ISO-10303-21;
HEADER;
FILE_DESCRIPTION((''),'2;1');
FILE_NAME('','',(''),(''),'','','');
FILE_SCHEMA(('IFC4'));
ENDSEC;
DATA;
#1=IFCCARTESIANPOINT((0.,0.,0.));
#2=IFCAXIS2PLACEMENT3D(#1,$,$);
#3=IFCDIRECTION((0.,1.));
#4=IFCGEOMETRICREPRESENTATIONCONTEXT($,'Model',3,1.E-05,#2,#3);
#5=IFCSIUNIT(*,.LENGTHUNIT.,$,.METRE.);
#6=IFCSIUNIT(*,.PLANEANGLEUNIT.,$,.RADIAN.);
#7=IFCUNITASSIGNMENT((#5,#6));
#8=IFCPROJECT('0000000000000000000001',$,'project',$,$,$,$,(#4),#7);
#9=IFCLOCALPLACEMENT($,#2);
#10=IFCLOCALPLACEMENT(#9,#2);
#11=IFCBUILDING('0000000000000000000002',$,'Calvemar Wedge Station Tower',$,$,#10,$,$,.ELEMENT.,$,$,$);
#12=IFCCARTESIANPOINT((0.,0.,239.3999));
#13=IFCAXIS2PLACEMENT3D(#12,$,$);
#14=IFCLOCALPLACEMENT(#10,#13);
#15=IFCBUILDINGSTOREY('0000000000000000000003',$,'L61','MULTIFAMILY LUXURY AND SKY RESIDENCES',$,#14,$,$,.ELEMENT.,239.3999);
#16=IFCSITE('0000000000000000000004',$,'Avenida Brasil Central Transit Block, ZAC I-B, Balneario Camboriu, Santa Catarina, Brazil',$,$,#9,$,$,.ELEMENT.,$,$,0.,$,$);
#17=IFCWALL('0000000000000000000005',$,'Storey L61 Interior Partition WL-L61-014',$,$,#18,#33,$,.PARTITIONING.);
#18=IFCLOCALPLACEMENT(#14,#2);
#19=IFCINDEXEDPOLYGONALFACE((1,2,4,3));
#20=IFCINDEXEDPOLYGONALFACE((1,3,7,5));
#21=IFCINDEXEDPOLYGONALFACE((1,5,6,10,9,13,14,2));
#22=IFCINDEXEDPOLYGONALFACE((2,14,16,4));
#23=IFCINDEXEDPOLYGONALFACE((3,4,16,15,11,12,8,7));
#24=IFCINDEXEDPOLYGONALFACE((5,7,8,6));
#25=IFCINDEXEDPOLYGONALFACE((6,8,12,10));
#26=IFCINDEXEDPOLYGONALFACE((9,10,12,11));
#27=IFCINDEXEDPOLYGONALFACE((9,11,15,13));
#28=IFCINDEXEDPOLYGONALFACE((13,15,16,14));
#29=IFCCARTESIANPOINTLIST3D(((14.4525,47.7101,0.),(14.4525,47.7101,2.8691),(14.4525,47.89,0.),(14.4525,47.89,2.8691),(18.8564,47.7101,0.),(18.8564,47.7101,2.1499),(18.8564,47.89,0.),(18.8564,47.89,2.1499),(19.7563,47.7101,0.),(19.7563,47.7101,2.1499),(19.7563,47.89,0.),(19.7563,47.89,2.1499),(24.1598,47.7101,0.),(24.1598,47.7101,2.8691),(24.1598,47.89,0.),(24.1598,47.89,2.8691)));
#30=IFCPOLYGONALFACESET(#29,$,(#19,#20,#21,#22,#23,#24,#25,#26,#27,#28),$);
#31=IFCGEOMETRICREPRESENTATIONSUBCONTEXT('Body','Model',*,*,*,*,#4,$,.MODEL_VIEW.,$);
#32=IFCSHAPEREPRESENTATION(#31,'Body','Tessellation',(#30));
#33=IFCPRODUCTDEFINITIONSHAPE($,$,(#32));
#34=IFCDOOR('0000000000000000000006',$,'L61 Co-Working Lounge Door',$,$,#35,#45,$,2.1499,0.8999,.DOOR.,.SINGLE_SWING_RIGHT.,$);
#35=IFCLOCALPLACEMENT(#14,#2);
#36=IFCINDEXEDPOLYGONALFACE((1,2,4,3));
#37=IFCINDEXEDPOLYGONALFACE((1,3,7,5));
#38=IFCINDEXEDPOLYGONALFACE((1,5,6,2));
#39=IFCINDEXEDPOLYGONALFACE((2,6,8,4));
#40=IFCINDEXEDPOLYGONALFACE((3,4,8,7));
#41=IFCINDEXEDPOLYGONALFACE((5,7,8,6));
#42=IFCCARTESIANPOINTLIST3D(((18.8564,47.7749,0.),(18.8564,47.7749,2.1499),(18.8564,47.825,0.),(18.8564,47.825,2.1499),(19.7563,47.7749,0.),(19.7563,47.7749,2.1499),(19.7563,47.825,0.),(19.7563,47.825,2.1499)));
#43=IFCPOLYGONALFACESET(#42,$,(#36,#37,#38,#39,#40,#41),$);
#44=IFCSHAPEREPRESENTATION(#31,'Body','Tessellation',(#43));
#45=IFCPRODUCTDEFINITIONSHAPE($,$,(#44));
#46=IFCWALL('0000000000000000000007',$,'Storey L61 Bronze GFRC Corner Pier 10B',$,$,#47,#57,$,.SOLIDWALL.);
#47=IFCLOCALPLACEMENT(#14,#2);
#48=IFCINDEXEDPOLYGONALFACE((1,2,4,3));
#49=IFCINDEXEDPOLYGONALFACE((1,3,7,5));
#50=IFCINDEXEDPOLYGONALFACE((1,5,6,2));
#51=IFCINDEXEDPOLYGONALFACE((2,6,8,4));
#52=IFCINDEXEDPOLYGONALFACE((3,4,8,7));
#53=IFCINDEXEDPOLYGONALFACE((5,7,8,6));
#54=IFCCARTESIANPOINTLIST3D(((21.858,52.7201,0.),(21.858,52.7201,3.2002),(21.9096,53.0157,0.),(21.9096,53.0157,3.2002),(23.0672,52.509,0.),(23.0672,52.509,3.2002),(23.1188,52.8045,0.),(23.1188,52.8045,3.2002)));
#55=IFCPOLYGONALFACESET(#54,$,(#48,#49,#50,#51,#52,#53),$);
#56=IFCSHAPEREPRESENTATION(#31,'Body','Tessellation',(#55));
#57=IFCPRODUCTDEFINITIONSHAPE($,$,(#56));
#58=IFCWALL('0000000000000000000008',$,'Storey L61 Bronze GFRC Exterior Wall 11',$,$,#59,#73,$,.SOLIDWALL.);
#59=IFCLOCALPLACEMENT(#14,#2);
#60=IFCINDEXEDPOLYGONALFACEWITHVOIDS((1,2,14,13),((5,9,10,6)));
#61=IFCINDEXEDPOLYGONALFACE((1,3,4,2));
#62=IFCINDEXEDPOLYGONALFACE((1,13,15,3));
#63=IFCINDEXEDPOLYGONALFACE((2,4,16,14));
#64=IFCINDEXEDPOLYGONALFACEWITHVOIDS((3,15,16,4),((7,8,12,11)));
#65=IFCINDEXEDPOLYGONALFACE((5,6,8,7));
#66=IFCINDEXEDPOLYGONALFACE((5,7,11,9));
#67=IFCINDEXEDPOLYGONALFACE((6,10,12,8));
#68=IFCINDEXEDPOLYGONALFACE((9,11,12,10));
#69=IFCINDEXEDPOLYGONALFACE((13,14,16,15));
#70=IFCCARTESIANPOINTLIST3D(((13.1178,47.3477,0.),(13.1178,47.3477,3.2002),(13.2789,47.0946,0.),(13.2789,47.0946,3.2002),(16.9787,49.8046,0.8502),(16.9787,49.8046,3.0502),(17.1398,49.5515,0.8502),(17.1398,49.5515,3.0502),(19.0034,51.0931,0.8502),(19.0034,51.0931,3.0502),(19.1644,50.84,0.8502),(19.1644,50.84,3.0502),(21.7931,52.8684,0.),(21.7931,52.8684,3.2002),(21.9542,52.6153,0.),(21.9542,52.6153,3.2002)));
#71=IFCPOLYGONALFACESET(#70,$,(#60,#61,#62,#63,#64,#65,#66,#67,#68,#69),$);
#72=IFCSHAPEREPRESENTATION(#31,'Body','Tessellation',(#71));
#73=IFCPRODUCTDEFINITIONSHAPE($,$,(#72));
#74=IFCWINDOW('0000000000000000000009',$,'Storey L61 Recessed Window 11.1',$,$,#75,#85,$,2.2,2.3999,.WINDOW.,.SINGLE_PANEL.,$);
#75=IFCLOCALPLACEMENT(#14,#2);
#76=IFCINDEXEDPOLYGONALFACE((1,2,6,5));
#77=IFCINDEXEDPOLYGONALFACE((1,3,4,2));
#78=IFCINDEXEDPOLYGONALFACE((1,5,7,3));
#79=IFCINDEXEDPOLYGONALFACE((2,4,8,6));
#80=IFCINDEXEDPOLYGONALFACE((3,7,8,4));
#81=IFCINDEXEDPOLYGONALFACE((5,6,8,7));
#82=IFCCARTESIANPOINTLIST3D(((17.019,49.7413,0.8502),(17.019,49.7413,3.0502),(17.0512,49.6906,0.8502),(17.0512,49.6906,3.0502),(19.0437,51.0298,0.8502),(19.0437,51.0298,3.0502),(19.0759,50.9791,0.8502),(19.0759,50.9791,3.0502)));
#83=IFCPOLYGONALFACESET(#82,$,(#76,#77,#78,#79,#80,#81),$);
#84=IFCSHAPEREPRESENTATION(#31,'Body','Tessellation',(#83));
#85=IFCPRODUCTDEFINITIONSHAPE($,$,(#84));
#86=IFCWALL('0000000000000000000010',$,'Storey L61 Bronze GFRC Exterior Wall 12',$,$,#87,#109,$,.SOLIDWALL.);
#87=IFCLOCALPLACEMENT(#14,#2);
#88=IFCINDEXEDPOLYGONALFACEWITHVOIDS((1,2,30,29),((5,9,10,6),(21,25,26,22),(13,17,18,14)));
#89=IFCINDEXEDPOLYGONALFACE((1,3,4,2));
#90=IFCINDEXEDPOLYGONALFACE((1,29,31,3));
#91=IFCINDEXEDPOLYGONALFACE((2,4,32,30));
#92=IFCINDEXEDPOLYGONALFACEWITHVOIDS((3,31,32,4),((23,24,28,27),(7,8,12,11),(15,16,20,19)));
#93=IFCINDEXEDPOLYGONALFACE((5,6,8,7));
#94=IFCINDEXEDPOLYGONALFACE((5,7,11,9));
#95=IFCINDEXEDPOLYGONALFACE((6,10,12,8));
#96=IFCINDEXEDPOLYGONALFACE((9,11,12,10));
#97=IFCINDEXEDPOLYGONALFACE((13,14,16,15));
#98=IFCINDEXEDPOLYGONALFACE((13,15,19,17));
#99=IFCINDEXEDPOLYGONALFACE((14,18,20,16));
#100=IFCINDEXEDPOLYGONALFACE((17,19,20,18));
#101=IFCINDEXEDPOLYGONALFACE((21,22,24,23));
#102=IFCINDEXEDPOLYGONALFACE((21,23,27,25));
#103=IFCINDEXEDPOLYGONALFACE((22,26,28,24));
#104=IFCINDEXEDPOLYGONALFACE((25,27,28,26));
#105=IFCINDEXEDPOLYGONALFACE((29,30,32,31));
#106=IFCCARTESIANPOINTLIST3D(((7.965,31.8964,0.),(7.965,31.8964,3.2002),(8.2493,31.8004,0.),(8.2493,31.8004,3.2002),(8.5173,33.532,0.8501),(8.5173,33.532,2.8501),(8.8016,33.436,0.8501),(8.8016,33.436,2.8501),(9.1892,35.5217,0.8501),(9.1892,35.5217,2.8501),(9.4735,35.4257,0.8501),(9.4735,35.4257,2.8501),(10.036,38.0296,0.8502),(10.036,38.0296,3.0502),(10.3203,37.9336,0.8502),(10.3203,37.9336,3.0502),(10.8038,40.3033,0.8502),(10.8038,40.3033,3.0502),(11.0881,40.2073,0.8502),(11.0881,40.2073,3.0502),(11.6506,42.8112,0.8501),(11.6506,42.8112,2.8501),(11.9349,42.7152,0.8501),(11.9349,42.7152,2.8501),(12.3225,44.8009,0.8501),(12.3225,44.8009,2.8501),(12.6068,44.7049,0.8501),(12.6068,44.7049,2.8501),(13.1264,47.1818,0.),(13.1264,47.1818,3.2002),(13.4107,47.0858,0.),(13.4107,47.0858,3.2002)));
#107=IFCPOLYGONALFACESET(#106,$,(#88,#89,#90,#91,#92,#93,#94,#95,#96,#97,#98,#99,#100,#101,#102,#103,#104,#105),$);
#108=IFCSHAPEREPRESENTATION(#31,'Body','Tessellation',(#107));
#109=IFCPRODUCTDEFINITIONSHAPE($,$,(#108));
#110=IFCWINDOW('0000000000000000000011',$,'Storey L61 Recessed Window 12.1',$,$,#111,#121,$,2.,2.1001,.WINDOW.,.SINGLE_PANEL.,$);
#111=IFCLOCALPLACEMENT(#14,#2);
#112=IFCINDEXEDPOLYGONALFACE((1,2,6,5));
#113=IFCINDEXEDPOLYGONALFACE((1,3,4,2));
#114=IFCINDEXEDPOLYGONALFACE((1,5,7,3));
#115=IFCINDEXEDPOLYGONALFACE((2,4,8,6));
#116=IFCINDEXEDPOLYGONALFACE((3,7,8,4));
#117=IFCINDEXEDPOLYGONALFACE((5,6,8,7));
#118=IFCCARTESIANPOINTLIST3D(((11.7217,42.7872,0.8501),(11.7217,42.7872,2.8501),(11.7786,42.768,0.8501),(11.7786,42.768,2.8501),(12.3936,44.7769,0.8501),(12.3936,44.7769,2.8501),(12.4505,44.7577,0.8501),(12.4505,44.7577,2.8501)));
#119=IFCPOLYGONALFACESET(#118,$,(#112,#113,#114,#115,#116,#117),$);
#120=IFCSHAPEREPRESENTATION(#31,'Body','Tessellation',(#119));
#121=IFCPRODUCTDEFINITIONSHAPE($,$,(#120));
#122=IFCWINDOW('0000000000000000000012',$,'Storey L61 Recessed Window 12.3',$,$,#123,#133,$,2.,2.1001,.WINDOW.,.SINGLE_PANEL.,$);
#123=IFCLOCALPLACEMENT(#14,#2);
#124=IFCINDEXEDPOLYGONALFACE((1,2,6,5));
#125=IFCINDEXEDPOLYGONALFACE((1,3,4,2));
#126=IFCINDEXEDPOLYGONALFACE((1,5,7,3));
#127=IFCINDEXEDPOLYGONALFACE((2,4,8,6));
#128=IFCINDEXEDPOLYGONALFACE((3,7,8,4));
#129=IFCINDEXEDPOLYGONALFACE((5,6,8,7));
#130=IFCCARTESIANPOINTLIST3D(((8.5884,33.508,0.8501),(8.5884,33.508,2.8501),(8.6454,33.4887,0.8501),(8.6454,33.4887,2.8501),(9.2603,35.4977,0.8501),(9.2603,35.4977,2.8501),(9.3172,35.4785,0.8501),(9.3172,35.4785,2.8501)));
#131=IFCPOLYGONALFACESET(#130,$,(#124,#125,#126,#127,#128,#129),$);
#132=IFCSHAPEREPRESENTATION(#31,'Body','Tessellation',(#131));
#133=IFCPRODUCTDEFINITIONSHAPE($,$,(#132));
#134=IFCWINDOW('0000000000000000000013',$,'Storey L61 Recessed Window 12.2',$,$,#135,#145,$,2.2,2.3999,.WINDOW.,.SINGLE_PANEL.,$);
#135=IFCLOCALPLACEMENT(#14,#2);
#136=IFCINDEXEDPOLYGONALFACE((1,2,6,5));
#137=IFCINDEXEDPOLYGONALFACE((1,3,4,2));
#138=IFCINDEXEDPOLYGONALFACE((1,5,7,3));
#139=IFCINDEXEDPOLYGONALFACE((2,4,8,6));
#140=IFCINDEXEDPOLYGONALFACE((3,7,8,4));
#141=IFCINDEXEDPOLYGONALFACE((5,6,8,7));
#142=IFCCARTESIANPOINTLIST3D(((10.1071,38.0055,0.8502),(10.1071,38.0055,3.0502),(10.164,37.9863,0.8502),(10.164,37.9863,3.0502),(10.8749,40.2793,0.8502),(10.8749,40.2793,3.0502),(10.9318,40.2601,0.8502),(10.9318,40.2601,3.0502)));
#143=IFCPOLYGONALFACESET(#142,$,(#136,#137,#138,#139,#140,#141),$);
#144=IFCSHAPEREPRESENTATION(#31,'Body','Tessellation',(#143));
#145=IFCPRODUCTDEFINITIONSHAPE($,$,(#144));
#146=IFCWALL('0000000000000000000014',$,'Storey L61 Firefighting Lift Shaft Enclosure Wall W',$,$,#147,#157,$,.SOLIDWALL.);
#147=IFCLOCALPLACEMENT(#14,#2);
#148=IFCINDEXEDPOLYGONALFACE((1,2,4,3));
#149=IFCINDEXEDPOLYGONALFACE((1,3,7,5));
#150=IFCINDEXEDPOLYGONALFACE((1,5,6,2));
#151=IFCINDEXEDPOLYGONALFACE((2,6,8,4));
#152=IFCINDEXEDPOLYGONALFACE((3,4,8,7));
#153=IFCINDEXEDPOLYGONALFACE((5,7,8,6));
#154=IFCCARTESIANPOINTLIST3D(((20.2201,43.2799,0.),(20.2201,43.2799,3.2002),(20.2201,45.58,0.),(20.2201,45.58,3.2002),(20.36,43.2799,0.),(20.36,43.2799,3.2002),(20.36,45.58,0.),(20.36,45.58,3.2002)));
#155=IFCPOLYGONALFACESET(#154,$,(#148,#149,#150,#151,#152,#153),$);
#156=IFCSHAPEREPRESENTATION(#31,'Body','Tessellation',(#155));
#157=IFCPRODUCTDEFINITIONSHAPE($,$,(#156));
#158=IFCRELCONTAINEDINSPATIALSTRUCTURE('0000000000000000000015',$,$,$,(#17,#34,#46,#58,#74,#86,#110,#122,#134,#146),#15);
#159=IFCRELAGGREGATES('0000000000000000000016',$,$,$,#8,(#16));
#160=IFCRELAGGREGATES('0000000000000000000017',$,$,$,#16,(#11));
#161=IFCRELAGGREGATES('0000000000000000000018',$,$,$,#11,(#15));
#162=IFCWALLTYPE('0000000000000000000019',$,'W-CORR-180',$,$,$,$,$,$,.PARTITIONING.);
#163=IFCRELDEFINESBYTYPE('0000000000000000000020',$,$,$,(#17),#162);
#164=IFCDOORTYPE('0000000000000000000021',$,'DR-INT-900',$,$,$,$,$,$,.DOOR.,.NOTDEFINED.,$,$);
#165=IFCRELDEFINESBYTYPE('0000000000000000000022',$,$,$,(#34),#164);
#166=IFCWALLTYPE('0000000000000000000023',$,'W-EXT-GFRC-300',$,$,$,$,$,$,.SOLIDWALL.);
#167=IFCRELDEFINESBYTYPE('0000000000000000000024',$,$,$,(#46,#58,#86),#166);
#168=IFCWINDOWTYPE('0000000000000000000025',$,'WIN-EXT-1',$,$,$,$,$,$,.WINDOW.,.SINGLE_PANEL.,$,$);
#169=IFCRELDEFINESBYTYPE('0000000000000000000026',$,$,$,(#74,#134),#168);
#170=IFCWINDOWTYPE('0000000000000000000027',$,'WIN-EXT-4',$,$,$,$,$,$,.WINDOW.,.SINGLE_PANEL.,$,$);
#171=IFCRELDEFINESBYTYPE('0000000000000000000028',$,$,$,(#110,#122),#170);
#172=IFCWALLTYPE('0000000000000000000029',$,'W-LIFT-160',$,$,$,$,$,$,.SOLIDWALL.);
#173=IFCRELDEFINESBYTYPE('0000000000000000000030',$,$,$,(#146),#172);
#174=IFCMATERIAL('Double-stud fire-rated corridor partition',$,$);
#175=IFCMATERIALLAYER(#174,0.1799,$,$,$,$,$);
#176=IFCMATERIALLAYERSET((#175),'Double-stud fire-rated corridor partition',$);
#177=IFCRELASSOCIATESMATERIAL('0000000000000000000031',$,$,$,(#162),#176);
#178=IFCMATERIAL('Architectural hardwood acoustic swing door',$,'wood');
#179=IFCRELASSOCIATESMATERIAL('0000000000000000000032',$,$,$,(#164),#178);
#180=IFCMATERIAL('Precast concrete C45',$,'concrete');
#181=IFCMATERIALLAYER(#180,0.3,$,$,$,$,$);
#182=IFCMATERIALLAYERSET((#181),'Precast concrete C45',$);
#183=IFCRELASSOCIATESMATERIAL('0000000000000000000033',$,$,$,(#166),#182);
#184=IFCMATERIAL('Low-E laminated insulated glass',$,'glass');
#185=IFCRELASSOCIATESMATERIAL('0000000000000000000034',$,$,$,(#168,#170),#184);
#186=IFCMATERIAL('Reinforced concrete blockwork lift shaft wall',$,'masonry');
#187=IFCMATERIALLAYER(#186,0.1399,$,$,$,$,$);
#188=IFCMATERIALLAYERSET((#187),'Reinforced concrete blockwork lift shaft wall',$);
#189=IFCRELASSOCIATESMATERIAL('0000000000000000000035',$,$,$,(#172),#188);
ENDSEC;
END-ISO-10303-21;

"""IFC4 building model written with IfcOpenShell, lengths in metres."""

from ifc_helpers import new_model, si_unit, direction, frame, frame_2d, origin, place, context, subcontext, project, spatial, rectangle, extrude, source, transform, mapped, material, layer, layer_set, type_object, element, fill, save


model = new_model("IFC4")

# Units and contexts
model_context = context("Model", 3, precision=1e-05, world=origin(), true_north=direction((0.0, 1.0)))
body_context = subcontext(model_context, "Body", "Model", "MODEL_VIEW")
ifc_project = project(units=[si_unit("LENGTHUNIT", "METRE"), si_unit("PLANEANGLEUNIT", "RADIAN")], contexts=[model_context])

# Site, building, storey
site_placement = place(None, origin())
site = spatial("IfcSite", under=ifc_project, at=site_placement, Name="Avenida Brasil Central Transit Block, ZAC I-B, Balneario Camboriu, Santa Catarina, Brazil", CompositionType="ELEMENT", RefElevation=0.0)
building_placement = place(site_placement, origin())
building = spatial("IfcBuilding", under=site, at=building_placement, Name="Calvemar Wedge Station Tower", CompositionType="ELEMENT")
storey_placement = place(building_placement, frame((0.0, 0.0, 239.3999)))
storey = spatial("IfcBuildingStorey", under=building, at=storey_placement, Name="L61", Description="MULTIFAMILY LUXURY AND SKY RESIDENCES", CompositionType="ELEMENT", Elevation=239.3999)

# Shared definitions
ifc_material_1 = material(Name="Low-E laminated insulated glass", Category="glass")

# Shared definitions
ifc_material_2 = material(Name="Double-stud fire-rated corridor partition")
ifc_layer_1 = layer(ifc_material_2, 0.1799)
ifc_layer_set_1 = layer_set([ifc_layer_1], Name="Double-stud fire-rated corridor partition")
wall_type_1 = type_object("IfcWallType", Name="W-CORR-180", PredefinedType="PARTITIONING", material=ifc_layer_set_1)

# Wall, opening, door
wall_1_placement = place(storey_placement, frame((14.4526, 47.8, 0.0), z_axis=(0.0, 0.0, 1.0), x_axis=(1.0, 0.0, 0.0)))
wall_1 = element("IfcWall", 1, at=wall_1_placement, inside=storey, type_object=wall_type_1, Name="Storey L61 Interior Partition WL-L61-014", PredefinedType="PARTITIONING", context=body_context, shape_type="SweptSolid", body=[
    extrude(rectangle(XDim=9.7073, YDim=0.1799, at=frame_2d((4.8535, 0.0))), origin(), (0.0, 0.0, 1.0), 2.8691),
])
shared_shape_1 = source(origin(), body_context, "Body", "SweptSolid", [
    extrude(rectangle(XDim=0.8999, YDim=2.1499, at=frame_2d((0.45, 1.075))), frame((0.0, 0.1001, 0.0), z_axis=(0.0, -1.0, 0.0), x_axis=(1.0, 0.0, 0.0)), (0.0, 0.0, 1.0), 0.2),
])
opening_1_placement = place(wall_1_placement, frame((4.4038, 0.0, 0.0)))
opening_1 = element("IfcOpeningElement", 2, at=opening_1_placement, cuts=wall_1, PredefinedType="OPENING", context=body_context, shape_type="MappedRepresentation", body=[
    mapped(shared_shape_1, transform((0.0, 0.0, 0.0), scale=1.0)),
])
ifc_material_3 = material(Name="Architectural hardwood acoustic swing door", Category="wood")
door_type_1 = type_object("IfcDoorType", Name="DR-INT-900", OperationType="NOTDEFINED", PredefinedType="DOOR", material=ifc_material_3)
shared_shape_2 = source(origin(), body_context, "Body", "SweptSolid", [
    extrude(rectangle(XDim=0.8999, YDim=2.1499, at=frame_2d((0.45, 1.075))), frame((0.0, 0.0249, 0.0), z_axis=(0.0, -1.0, 0.0), x_axis=(1.0, 0.0, 0.0)), (0.0, 0.0, 1.0), 0.05),
])
door_1_placement = place(opening_1_placement, origin())
door_1 = element("IfcDoor", 3, at=door_1_placement, inside=storey, type_object=door_type_1, Name="L61 Co-Working Lounge Door", OperationType="SINGLE_SWING_RIGHT", OverallHeight=2.1499, OverallWidth=0.8999, PredefinedType="DOOR", context=body_context, shape_type="MappedRepresentation", body=[
    mapped(shared_shape_2, transform((0.0, 0.0, 0.0), scale=1.0)),
])
fill(opening_1, door_1)

# Wall
ifc_material_4 = material(Name="Precast concrete C45", Category="concrete")
ifc_layer_2 = layer(ifc_material_4, 0.3)
ifc_layer_set_2 = layer_set([ifc_layer_2], Name="Precast concrete C45")
wall_type_2 = type_object("IfcWallType", Name="W-EXT-GFRC-300", PredefinedType="SOLIDWALL", material=ifc_layer_set_2)
wall_2_placement = place(storey_placement, frame((23.093, 52.6567, 0.0), z_axis=(0.0, 0.0, 1.0), x_axis=(-0.98509, 0.172038, 0.0)))
element("IfcWall", 4, at=wall_2_placement, inside=storey, type_object=wall_type_2, Name="Storey L61 Bronze GFRC Corner Pier 10B", PredefinedType="SOLIDWALL", context=body_context, shape_type="SweptSolid", body=[
    extrude(rectangle(XDim=1.2275, YDim=0.3, at=frame_2d((0.6138, 0.0))), origin(), (0.0, 0.0, 1.0), 3.2002),
])

# Wall, opening, window
wall_3_placement = place(storey_placement, frame((21.8738, 52.7419, 0.0), z_axis=(0.0, 0.0, 1.0), x_axis=(-0.843657, -0.536883, 0.0)))
wall_3 = element("IfcWall", 5, at=wall_3_placement, inside=storey, type_object=wall_type_2, Name="Storey L61 Bronze GFRC Exterior Wall 11", PredefinedType="SOLIDWALL", context=body_context, shape_type="SweptSolid", body=[
    extrude(rectangle(XDim=10.283, YDim=0.3, at=frame_2d((5.1416, 0.0))), origin(), (0.0, 0.0, 1.0), 3.2002),
])
shared_shape_3 = source(origin(), body_context, "Body", "SweptSolid", [
    extrude(rectangle(XDim=2.3999, YDim=2.2, at=frame_2d((1.2, 1.1001))), frame((0.0, 0.1602, 0.0), z_axis=(0.0, -1.0, 0.0), x_axis=(1.0, 0.0, 0.0)), (0.0, 0.0, 1.0), 0.3201),
])
opening_2_placement = place(wall_3_placement, frame((3.3069, 0.0, 0.8501)))
opening_2 = element("IfcOpeningElement", 6, at=opening_2_placement, cuts=wall_3, PredefinedType="OPENING", context=body_context, shape_type="MappedRepresentation", body=[
    mapped(shared_shape_3, transform((0.0, 0.0, 0.0), scale=1.0)),
])
window_type_1 = type_object("IfcWindowType", Name="WIN-EXT-1", PartitioningType="SINGLE_PANEL", PredefinedType="WINDOW", material=ifc_material_1)
shared_shape_4 = source(origin(), body_context, "Body", "SweptSolid", [
    extrude(rectangle(XDim=2.3999, YDim=2.2, at=frame_2d((1.2, 1.1001))), frame((0.0, -0.0149, 0.0), z_axis=(0.0, -1.0, 0.0), x_axis=(1.0, 0.0, 0.0)), (0.0, 0.0, 1.0), 0.0601),
])
window_1_placement = place(opening_2_placement, origin())
window_1 = element("IfcWindow", 7, at=window_1_placement, inside=storey, type_object=window_type_1, Name="Storey L61 Recessed Window 11.1", OverallHeight=2.2, OverallWidth=2.3999, PartitioningType="SINGLE_PANEL", PredefinedType="WINDOW", context=body_context, shape_type="MappedRepresentation", body=[
    mapped(shared_shape_4, transform((0.0, 0.0, 0.0), scale=1.0)),
])
fill(opening_2, window_1)

# Wall, openings, windows
wall_4_placement = place(storey_placement, frame((13.2686, 47.1338, 0.0), z_axis=(0.0, 0.0, 1.0), x_axis=(-0.319921, -0.947444, 0.0)))
wall_4 = element("IfcWall", 8, at=wall_4_placement, inside=storey, type_object=wall_type_2, Name="Storey L61 Bronze GFRC Exterior Wall 12", PredefinedType="SOLIDWALL", context=body_context, shape_type="SweptSolid", body=[
    extrude(rectangle(XDim=16.1333, YDim=0.3, at=frame_2d((8.0667, 0.0))), origin(), (0.0, 0.0, 1.0), 3.2002),
])
shared_shape_5 = source(origin(), body_context, "Body", "SweptSolid", [
    extrude(rectangle(XDim=2.1001, YDim=2.0, at=frame_2d((1.05, 1.0))), frame((0.0, 0.1602, 0.0), z_axis=(0.0, -1.0, 0.0), x_axis=(1.0, 0.0, 0.0)), (0.0, 0.0, 1.0), 0.3201),
])
opening_3_placement = place(wall_4_placement, frame((2.5129, 0.0, 0.8501)))
opening_3 = element("IfcOpeningElement", 9, at=opening_3_placement, cuts=wall_4, PredefinedType="OPENING", context=body_context, shape_type="MappedRepresentation", body=[
    mapped(shared_shape_5, transform((0.0, 0.0, 0.0), scale=1.0)),
])
opening_4_placement = place(wall_4_placement, frame((7.26, 0.0, 0.8501)))
opening_4 = element("IfcOpeningElement", 10, at=opening_4_placement, cuts=wall_4, PredefinedType="OPENING", context=body_context, shape_type="MappedRepresentation", body=[
    mapped(shared_shape_3, transform((0.0, 0.0, 0.0), scale=1.0)),
])
opening_5_placement = place(wall_4_placement, frame((12.3069, 0.0, 0.8501)))
opening_5 = element("IfcOpeningElement", 11, at=opening_5_placement, cuts=wall_4, PredefinedType="OPENING", context=body_context, shape_type="MappedRepresentation", body=[
    mapped(shared_shape_5, transform((0.0, 0.0, 0.0), scale=1.0)),
])
window_type_2 = type_object("IfcWindowType", Name="WIN-EXT-4", PartitioningType="SINGLE_PANEL", PredefinedType="WINDOW", material=ifc_material_1)
shared_shape_6 = source(origin(), body_context, "Body", "SweptSolid", [
    extrude(rectangle(XDim=2.1001, YDim=2.0, at=frame_2d((1.05, 1.0))), frame((0.0, -0.0149, 0.0), z_axis=(0.0, -1.0, 0.0), x_axis=(1.0, 0.0, 0.0)), (0.0, 0.0, 1.0), 0.0601),
])
window_2_placement = place(opening_3_placement, origin())
window_2 = element("IfcWindow", 12, at=window_2_placement, inside=storey, type_object=window_type_2, Name="Storey L61 Recessed Window 12.1", OverallHeight=2.0, OverallWidth=2.1001, PartitioningType="SINGLE_PANEL", PredefinedType="WINDOW", context=body_context, shape_type="MappedRepresentation", body=[
    mapped(shared_shape_6, transform((0.0, 0.0, 0.0), scale=1.0)),
])
fill(opening_3, window_2)
window_3_placement = place(opening_5_placement, origin())
window_3 = element("IfcWindow", 13, at=window_3_placement, inside=storey, type_object=window_type_2, Name="Storey L61 Recessed Window 12.3", OverallHeight=2.0, OverallWidth=2.1001, PartitioningType="SINGLE_PANEL", PredefinedType="WINDOW", context=body_context, shape_type="MappedRepresentation", body=[
    mapped(shared_shape_6, transform((0.0, 0.0, 0.0), scale=1.0)),
])
fill(opening_5, window_3)
window_4_placement = place(opening_4_placement, origin())
window_4 = element("IfcWindow", 14, at=window_4_placement, inside=storey, type_object=window_type_1, Name="Storey L61 Recessed Window 12.2", OverallHeight=2.2, OverallWidth=2.3999, PartitioningType="SINGLE_PANEL", PredefinedType="WINDOW", context=body_context, shape_type="MappedRepresentation", body=[
    mapped(shared_shape_4, transform((0.0, 0.0, 0.0), scale=1.0)),
])
fill(opening_4, window_4)

# Shared definitions
ifc_material_5 = material(Name="Reinforced concrete blockwork lift shaft wall", Category="masonry")
ifc_layer_3 = layer(ifc_material_5, 0.1399)
ifc_layer_set_3 = layer_set([ifc_layer_3], Name="Reinforced concrete blockwork lift shaft wall")
wall_type_3 = type_object("IfcWallType", Name="W-LIFT-160", PredefinedType="SOLIDWALL", material=ifc_layer_set_3)

# Wall
for number, where, z_axis, x_axis, name in (
    (15, (20.29, 43.28, 0.0), (0.0, 0.0, 1.0), (0.0, 1.0, 0.0), "Storey L61 Firefighting Lift Shaft Enclosure Wall W"),
):
    element("IfcWall", number, at=place(storey_placement, frame(where, z_axis=z_axis, x_axis=x_axis)), inside=storey, type_object=wall_type_3, Name=name, PredefinedType="SOLIDWALL", context=body_context, shape_type="SweptSolid", body=[
        extrude(rectangle(XDim=2.3, YDim=0.1399, at=frame_2d((1.1499, 0.0))), origin(), (0.0, 0.0, 1.0), 3.2002),
    ])

save(model, "model.ifc")
